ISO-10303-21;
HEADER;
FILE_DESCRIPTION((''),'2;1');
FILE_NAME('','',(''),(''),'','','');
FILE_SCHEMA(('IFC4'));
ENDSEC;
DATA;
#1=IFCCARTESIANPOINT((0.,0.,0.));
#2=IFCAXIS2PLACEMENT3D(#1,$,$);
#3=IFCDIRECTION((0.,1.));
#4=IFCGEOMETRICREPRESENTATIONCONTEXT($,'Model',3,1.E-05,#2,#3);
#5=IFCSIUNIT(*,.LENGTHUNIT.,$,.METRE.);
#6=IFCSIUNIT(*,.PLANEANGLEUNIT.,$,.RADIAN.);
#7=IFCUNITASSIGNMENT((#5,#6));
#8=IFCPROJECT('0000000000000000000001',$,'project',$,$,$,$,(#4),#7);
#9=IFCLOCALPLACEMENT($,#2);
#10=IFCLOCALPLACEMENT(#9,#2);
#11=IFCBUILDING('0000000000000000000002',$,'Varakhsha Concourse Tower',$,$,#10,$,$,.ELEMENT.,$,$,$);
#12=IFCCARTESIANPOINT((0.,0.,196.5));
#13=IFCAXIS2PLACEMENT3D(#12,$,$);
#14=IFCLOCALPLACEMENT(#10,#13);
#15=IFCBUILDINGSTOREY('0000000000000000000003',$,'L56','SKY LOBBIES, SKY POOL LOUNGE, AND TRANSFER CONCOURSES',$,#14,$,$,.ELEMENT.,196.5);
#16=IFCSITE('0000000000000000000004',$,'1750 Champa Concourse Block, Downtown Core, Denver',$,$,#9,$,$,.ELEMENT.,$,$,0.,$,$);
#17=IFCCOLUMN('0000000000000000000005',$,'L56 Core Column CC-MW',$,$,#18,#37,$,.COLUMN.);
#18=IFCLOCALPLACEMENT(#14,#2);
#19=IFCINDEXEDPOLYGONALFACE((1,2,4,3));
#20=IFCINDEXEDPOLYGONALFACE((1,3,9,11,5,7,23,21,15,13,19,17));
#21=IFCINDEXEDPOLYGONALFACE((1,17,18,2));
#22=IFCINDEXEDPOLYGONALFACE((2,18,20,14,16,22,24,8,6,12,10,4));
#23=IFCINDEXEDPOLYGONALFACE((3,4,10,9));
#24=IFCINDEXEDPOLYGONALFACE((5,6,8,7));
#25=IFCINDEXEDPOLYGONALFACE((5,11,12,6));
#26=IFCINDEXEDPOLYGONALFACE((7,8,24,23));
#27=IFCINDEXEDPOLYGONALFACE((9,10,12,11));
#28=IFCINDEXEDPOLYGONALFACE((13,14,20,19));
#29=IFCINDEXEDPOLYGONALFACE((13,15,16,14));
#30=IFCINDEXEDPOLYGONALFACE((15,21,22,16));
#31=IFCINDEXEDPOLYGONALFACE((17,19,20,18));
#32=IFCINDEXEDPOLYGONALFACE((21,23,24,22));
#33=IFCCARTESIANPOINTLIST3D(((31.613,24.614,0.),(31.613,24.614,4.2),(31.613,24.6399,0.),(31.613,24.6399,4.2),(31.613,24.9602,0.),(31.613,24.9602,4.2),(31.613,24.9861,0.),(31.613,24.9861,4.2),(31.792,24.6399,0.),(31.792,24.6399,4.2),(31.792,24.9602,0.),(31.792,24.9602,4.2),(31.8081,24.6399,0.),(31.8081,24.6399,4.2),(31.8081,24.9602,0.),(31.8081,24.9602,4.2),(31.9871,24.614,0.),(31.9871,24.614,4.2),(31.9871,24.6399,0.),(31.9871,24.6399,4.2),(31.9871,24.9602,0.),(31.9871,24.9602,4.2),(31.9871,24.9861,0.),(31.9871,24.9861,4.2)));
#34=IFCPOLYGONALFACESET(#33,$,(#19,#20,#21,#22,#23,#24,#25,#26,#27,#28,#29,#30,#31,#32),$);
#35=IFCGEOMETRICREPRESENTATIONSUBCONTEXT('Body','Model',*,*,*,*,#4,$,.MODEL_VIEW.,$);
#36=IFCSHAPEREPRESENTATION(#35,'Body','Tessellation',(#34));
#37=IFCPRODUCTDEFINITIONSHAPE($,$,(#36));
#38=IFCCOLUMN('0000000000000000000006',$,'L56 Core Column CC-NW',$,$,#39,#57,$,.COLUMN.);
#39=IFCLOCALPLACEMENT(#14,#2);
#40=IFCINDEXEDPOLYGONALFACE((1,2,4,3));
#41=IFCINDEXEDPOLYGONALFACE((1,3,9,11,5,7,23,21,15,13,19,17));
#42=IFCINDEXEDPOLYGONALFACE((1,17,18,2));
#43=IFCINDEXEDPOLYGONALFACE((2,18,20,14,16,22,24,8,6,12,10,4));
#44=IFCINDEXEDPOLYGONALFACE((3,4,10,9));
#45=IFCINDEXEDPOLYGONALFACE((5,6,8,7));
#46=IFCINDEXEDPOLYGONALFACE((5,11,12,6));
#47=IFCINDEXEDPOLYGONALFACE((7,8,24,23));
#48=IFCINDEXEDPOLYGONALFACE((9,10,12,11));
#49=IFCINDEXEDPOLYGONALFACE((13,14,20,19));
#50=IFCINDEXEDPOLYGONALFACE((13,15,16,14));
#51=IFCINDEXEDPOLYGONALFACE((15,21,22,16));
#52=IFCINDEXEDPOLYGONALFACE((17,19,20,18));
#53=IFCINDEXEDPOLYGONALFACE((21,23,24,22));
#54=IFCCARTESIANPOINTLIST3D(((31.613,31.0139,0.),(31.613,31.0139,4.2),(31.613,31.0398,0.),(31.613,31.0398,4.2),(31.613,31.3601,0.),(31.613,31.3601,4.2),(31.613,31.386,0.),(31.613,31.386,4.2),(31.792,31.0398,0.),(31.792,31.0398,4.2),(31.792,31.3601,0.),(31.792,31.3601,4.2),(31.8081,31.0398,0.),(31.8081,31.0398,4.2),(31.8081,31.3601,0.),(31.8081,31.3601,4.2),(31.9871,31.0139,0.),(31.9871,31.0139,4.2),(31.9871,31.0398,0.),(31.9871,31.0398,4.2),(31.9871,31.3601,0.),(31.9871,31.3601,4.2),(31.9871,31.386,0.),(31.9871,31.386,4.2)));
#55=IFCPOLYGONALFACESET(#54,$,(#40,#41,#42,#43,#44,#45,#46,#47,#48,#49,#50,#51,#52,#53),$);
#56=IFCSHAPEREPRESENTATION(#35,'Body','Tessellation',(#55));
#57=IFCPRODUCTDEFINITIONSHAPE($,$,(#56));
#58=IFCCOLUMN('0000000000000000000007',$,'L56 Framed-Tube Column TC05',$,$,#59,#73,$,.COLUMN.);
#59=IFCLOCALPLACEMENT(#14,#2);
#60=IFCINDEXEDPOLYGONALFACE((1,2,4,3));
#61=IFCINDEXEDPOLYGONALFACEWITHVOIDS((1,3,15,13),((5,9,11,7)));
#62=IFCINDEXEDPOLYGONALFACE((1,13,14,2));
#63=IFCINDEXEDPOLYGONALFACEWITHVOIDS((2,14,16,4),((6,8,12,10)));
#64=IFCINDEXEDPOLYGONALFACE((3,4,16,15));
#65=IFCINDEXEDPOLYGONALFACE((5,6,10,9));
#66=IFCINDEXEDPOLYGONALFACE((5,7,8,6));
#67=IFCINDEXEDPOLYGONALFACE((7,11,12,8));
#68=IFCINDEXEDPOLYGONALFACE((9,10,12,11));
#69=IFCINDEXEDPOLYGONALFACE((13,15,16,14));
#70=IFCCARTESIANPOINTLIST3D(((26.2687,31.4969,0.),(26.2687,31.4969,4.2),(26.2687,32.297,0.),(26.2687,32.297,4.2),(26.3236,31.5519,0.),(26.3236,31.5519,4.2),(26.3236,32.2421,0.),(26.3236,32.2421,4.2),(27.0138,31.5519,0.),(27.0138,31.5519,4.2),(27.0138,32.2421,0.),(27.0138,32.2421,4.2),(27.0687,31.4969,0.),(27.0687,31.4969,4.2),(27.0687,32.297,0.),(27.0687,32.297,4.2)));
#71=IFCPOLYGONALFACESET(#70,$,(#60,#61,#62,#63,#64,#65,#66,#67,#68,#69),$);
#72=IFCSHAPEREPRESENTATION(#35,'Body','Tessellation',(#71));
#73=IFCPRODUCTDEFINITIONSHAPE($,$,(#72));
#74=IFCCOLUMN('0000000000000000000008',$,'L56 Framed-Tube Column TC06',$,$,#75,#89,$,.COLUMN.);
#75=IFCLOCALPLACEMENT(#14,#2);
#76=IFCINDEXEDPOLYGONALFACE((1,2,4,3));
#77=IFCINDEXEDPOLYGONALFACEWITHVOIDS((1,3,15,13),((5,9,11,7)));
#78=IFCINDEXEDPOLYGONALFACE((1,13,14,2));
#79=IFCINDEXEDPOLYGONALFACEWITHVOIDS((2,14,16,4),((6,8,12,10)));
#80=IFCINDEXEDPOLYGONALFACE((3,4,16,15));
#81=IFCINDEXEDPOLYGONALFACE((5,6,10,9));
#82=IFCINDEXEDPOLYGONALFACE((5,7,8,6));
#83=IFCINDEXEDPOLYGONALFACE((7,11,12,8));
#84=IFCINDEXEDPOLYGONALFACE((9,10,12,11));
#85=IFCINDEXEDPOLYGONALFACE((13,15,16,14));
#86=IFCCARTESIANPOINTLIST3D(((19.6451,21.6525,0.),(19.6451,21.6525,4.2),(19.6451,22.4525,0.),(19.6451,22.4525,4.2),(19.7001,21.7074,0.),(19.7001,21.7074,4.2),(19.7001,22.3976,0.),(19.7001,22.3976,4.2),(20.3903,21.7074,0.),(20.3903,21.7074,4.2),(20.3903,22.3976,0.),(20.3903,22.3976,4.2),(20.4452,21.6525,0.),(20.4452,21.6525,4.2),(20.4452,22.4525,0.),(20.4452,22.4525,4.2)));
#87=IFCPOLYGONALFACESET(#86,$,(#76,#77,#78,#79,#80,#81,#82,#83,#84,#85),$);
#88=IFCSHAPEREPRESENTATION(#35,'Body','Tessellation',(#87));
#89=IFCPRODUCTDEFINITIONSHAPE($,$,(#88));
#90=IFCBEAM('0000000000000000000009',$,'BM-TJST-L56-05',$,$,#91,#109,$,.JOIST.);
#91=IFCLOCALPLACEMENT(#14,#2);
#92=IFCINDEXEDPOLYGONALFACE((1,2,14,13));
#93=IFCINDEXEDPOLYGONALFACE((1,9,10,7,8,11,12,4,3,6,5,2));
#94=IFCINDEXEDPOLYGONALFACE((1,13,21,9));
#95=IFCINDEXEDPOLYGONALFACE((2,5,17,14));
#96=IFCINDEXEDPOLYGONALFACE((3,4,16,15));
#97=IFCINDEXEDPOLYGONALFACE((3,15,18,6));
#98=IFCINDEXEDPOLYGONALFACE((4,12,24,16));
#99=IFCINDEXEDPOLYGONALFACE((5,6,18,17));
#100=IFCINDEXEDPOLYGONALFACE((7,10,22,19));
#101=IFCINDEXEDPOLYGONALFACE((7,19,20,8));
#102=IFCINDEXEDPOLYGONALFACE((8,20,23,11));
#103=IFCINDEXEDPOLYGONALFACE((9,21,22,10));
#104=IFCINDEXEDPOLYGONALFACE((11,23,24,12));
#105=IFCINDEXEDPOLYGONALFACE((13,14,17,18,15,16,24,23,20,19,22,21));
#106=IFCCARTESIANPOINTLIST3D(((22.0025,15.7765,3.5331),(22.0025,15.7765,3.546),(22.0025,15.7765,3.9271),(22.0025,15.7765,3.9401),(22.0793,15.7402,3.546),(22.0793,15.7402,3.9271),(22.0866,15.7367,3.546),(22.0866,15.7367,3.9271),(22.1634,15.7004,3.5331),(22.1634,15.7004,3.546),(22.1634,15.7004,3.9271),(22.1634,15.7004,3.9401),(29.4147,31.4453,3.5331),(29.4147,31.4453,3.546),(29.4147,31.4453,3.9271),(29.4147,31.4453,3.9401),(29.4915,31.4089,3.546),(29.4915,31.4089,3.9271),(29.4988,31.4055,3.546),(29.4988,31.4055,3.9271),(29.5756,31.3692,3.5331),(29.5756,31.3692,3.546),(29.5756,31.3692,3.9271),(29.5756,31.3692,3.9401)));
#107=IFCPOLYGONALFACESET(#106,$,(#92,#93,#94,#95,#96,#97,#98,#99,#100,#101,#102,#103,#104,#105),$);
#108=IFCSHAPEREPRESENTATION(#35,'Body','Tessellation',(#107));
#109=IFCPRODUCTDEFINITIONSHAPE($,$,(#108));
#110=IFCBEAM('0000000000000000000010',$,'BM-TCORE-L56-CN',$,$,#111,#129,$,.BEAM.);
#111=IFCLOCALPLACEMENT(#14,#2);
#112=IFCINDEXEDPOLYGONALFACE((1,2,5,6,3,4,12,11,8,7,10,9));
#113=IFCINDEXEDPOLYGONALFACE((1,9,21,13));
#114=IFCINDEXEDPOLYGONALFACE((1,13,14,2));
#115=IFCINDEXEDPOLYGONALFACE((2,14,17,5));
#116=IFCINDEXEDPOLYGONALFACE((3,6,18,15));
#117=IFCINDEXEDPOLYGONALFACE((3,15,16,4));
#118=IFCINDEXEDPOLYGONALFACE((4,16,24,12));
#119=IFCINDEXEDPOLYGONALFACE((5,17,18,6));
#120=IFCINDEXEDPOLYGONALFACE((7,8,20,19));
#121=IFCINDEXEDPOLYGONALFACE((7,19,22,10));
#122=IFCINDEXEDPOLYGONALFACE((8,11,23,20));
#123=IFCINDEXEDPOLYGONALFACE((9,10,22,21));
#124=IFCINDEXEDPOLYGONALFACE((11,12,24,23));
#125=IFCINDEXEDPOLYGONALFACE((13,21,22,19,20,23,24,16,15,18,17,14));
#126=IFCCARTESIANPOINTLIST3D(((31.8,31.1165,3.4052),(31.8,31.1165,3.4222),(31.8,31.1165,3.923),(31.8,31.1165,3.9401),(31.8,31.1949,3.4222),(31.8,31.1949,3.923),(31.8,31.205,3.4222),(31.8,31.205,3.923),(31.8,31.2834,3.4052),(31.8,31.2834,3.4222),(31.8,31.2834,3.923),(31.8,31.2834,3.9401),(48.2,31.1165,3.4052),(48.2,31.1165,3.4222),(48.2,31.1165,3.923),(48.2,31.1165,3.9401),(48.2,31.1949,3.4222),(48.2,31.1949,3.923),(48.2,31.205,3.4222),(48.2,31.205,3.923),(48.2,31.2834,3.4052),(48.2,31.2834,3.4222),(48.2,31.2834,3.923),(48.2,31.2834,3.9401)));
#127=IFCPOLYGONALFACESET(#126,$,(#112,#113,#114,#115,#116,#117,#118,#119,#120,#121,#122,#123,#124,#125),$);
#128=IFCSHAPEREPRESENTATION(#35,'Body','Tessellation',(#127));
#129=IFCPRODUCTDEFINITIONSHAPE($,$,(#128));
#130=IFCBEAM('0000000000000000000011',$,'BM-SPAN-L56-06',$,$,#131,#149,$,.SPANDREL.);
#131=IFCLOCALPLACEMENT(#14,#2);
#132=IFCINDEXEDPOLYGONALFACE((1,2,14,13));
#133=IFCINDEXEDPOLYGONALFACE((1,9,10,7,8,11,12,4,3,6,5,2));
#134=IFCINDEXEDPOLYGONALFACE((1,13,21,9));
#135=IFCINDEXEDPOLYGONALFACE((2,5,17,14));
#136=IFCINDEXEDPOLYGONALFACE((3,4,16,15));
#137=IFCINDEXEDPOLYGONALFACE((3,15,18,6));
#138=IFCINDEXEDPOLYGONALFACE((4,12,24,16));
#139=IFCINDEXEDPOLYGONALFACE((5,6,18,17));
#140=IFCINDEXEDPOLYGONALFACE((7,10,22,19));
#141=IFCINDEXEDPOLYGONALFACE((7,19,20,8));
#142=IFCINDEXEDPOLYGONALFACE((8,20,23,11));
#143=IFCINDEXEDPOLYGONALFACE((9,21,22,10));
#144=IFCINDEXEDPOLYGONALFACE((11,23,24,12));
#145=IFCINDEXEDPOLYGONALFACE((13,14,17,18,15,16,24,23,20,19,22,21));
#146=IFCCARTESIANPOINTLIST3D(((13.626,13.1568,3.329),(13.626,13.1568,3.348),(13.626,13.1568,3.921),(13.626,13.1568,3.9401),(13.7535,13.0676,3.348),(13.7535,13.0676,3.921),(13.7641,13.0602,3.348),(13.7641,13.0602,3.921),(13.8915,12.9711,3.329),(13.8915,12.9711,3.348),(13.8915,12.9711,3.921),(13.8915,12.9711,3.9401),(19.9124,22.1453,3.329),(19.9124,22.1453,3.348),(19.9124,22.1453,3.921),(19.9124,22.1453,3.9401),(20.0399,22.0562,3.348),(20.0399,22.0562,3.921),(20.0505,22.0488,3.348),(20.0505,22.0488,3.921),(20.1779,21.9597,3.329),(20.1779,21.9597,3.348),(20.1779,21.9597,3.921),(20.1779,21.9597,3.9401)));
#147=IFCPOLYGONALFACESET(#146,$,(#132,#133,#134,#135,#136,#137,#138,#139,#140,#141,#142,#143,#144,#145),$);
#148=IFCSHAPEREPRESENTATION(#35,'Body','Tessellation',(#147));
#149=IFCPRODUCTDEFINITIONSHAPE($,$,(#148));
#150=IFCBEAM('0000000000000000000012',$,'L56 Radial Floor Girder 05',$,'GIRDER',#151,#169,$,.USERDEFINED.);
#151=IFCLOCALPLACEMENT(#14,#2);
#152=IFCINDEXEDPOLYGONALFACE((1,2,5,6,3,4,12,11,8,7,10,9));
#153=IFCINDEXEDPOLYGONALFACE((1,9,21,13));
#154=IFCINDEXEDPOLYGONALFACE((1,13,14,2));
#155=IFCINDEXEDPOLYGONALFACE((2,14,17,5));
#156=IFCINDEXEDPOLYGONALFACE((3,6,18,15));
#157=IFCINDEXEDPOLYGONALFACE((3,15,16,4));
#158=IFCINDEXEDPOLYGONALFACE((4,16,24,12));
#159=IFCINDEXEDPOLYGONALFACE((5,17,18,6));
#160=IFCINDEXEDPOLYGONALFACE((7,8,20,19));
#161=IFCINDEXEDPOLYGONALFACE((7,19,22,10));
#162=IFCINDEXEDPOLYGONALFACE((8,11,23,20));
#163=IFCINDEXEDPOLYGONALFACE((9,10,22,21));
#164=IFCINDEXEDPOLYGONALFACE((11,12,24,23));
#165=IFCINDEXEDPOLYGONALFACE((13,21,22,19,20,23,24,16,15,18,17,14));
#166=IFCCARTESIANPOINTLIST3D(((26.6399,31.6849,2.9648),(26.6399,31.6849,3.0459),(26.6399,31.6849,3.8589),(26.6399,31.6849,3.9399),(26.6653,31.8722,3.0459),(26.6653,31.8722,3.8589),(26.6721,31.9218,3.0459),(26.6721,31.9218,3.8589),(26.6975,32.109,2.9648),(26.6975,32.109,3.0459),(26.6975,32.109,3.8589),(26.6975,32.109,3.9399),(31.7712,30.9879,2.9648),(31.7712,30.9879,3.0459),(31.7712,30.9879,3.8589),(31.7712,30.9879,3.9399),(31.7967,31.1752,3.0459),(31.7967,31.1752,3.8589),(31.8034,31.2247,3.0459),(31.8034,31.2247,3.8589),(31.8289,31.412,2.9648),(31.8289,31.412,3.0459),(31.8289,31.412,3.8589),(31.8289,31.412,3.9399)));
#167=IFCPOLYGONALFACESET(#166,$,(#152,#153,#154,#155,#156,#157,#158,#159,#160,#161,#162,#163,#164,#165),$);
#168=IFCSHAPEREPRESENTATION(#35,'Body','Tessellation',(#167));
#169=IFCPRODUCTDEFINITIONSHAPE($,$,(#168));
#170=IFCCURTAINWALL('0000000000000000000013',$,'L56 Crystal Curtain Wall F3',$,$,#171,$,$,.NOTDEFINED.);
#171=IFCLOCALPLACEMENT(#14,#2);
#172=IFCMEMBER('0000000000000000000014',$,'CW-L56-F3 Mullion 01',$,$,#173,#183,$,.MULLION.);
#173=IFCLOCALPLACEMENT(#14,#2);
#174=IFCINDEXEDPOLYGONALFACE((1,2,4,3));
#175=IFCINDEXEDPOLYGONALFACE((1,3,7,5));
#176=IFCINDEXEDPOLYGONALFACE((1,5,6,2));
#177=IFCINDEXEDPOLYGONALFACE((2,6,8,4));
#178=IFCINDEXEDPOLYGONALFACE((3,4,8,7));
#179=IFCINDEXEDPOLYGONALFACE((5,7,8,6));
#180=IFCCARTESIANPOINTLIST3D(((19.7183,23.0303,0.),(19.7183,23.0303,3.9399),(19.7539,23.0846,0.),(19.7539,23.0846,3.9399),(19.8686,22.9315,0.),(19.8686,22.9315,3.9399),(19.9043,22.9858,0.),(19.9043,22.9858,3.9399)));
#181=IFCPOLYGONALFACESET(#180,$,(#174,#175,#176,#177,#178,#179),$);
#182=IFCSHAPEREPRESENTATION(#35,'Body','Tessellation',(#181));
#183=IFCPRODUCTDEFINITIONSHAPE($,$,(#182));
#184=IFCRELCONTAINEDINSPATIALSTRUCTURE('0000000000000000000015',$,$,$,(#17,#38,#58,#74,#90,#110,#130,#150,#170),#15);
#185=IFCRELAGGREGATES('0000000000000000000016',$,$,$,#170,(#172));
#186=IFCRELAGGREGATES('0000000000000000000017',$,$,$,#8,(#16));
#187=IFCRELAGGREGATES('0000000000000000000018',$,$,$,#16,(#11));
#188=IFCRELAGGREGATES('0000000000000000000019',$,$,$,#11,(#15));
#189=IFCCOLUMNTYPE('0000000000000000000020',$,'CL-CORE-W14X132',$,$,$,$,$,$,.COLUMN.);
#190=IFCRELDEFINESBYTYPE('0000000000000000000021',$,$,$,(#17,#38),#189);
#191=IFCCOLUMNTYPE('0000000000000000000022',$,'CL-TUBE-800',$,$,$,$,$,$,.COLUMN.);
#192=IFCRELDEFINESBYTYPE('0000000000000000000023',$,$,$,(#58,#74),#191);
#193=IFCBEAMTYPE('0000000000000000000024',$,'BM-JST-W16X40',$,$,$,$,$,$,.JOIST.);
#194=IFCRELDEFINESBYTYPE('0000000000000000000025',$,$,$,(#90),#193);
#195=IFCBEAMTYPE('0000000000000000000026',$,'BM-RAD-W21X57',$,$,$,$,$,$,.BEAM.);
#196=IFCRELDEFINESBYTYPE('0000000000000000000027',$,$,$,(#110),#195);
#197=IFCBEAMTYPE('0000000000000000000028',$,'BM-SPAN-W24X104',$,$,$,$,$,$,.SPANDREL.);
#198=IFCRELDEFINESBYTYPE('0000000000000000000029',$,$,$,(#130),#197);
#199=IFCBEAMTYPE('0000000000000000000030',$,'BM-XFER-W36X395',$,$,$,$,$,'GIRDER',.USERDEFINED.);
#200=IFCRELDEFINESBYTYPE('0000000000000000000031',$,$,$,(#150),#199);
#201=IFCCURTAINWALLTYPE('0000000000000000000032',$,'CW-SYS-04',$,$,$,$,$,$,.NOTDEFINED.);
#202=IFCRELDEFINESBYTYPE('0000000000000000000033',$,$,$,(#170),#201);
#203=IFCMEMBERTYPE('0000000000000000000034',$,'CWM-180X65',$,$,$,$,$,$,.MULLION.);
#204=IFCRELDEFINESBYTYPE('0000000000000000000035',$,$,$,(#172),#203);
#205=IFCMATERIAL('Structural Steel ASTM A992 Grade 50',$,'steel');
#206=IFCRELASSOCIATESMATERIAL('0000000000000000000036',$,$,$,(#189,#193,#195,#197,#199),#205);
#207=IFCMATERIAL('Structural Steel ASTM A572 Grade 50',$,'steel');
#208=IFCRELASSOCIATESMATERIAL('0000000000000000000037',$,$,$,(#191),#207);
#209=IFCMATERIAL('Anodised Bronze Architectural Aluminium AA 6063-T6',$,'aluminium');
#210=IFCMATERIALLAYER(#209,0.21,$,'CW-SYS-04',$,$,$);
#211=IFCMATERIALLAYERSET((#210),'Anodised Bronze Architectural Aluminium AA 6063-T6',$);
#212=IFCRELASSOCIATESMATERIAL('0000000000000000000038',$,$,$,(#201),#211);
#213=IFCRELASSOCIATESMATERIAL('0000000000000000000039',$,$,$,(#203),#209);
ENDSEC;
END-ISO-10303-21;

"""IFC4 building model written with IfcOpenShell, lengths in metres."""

from ifc_helpers import new_model, si_unit, direction, frame, origin, origin_2d, place, context, subcontext, project, spatial, rectangle, hollow_rectangle, i_section, extrude, source, transform, mapped, material, layer, layer_set, material_profile, profile_set, type_object, type_shapes, element, aggregate, save


model = new_model("IFC4")

# Units and contexts
model_context = context("Model", 3, precision=1e-05, world=origin(), true_north=direction((0.0, 1.0)))
body_context = subcontext(model_context, "Body", "Model", "MODEL_VIEW")
ifc_project = project(units=[si_unit("LENGTHUNIT", "METRE"), si_unit("PLANEANGLEUNIT", "RADIAN")], contexts=[model_context])

# Site, building, storey
site_placement = place(None, origin())
site = spatial("IfcSite", under=ifc_project, at=site_placement, Name="1750 Champa Concourse Block, Downtown Core, Denver", CompositionType="ELEMENT", RefElevation=0.0)
building_placement = place(site_placement, origin())
building = spatial("IfcBuilding", under=site, at=building_placement, Name="Varakhsha Concourse Tower", CompositionType="ELEMENT")
storey_placement = place(building_placement, frame((0.0, 0.0, 196.5)))
storey = spatial("IfcBuildingStorey", under=building, at=storey_placement, Name="L56", Description="SKY LOBBIES, SKY POOL LOUNGE, AND TRANSFER CONCOURSES", CompositionType="ELEMENT", Elevation=196.5)

# Columns
ifc_material_1 = material(Name="Structural Steel ASTM A992 Grade 50", Category="steel")
ifc_material_profile_1 = material_profile(ifc_material_1, i_section(OverallWidth=0.374, OverallDepth=0.3721, WebThickness=0.0161, FlangeThickness=0.0259, at=origin_2d()), Name="W14X132")
ifc_profile_set_1 = profile_set([ifc_material_profile_1], Name="Structural Steel ASTM A992 Grade 50")
column_type_1 = type_object("IfcColumnType", Name="CL-CORE-W14X132", PredefinedType="COLUMN", material=ifc_profile_set_1)
for number, where, z_axis, x_axis, name in (
    (1, (31.8, 24.8, 0.0), (0.0, 0.0, 1.0), (1.0, 0.0, 0.0), "L56 Core Column CC-MW"),
    (2, (31.8, 31.2, 0.0), (0.0, 0.0, 1.0), (1.0, 0.0, 0.0), "L56 Core Column CC-NW"),
):
    element("IfcColumn", number, at=place(storey_placement, frame(where, z_axis=z_axis, x_axis=x_axis)), inside=storey, type_object=column_type_1, Name=name, PredefinedType="COLUMN", context=body_context, shape_type="SweptSolid", body=[
        extrude(i_section(OverallWidth=0.374, OverallDepth=0.3721, WebThickness=0.0161, FlangeThickness=0.0259, at=origin_2d()), origin(), (0.0, 0.0, 1.0), 4.2),
    ])
ifc_material_2 = material(Name="Structural Steel ASTM A572 Grade 50", Category="steel")
ifc_material_profile_2 = material_profile(ifc_material_2, hollow_rectangle(XDim=0.8, YDim=0.8, WallThickness=0.0549, at=origin_2d()), Name="BOX 800x800x55")
ifc_profile_set_2 = profile_set([ifc_material_profile_2], Name="Structural Steel ASTM A572 Grade 50")
column_type_2 = type_object("IfcColumnType", Name="CL-TUBE-800", PredefinedType="COLUMN", material=ifc_profile_set_2)
for number, where, z_axis, x_axis, name in (
    (3, (26.6687, 31.897, 0.0), (0.0, 0.0, 1.0), (1.0, 0.0, 0.0), "L56 Framed-Tube Column TC05"),
    (4, (20.0452, 22.0525, 0.0), (0.0, 0.0, 1.0), (1.0, 0.0, 0.0), "L56 Framed-Tube Column TC06"),
):
    element("IfcColumn", number, at=place(storey_placement, frame(where, z_axis=z_axis, x_axis=x_axis)), inside=storey, type_object=column_type_2, Name=name, PredefinedType="COLUMN", context=body_context, shape_type="SweptSolid", body=[
        extrude(hollow_rectangle(XDim=0.8, YDim=0.8, WallThickness=0.0549, at=origin_2d()), origin(), (0.0, 0.0, 1.0), 4.2),
    ])

# Beams
ifc_material_profile_3 = material_profile(ifc_material_1, i_section(OverallWidth=0.178, OverallDepth=0.407, WebThickness=0.0081, FlangeThickness=0.0129, at=origin_2d()), Name="W16X40")
ifc_profile_set_3 = profile_set([ifc_material_profile_3], Name="Structural Steel ASTM A992 Grade 50")
beam_type_1 = type_object("IfcBeamType", Name="BM-JST-W16X40", PredefinedType="JOIST", material=ifc_profile_set_3)
beam_1_placement = place(storey_placement, frame((29.4951, 31.4072, 3.7366), z_axis=(-0.427619, -0.903959, 0.0), x_axis=(0.903959, -0.427619, 0.0)))
element("IfcBeam", 5, at=beam_1_placement, inside=storey, type_object=beam_type_1, Name="BM-TJST-L56-05", PredefinedType="JOIST", context=body_context, shape_type="SweptSolid", body=[
    extrude(i_section(OverallWidth=0.178, OverallDepth=0.407, WebThickness=0.0081, FlangeThickness=0.0129, at=origin_2d()), origin(), (0.0, 0.0, 1.0), 17.3335),
])
ifc_material_profile_4 = material_profile(ifc_material_1, i_section(OverallWidth=0.167, OverallDepth=0.5349, WebThickness=0.01, FlangeThickness=0.0171, at=origin_2d()), Name="W21X57")
ifc_profile_set_4 = profile_set([ifc_material_profile_4], Name="Structural Steel ASTM A992 Grade 50")
beam_type_2 = type_object("IfcBeamType", Name="BM-RAD-W21X57", PredefinedType="BEAM", material=ifc_profile_set_4)
beam_2_placement = place(storey_placement, frame((31.8, 31.2, 3.6726), z_axis=(1.0, 0.0, 0.0), x_axis=(0.0, 1.0, 0.0)))
element("IfcBeam", 6, at=beam_2_placement, inside=storey, type_object=beam_type_2, Name="BM-TCORE-L56-CN", PredefinedType="BEAM", context=body_context, shape_type="SweptSolid", body=[
    extrude(i_section(OverallWidth=0.167, OverallDepth=0.5349, WebThickness=0.01, FlangeThickness=0.0171, at=origin_2d()), origin(), (0.0, 0.0, 1.0), 16.3999),
])
ifc_material_profile_5 = material_profile(ifc_material_1, i_section(OverallWidth=0.324, OverallDepth=0.6111, WebThickness=0.0129, FlangeThickness=0.019, at=origin_2d()), Name="W24X104")
ifc_profile_set_5 = profile_set([ifc_material_profile_5], Name="Structural Steel ASTM A992 Grade 50")
beam_type_3 = type_object("IfcBeamType", Name="BM-SPAN-W24X104", PredefinedType="SPANDREL", material=ifc_profile_set_5)
beam_3_placement = place(storey_placement, frame((20.0452, 22.0525, 3.6345), z_axis=(-0.57312, -0.819471, 0.0), x_axis=(0.819471, -0.57312, 0.0)))
element("IfcBeam", 7, at=beam_3_placement, inside=storey, type_object=beam_type_3, Name="BM-SPAN-L56-06", PredefinedType="SPANDREL", context=body_context, shape_type="SweptSolid", body=[
    extrude(i_section(OverallWidth=0.324, OverallDepth=0.6111, WebThickness=0.0129, FlangeThickness=0.019, at=origin_2d()), origin(), (0.0, 0.0, 1.0), 10.9688),
])
ifc_material_profile_6 = material_profile(ifc_material_1, i_section(OverallWidth=0.428, OverallDepth=0.9751, WebThickness=0.05, FlangeThickness=0.0811, at=origin_2d()), Name="W36X395")
ifc_profile_set_6 = profile_set([ifc_material_profile_6], Name="Structural Steel ASTM A992 Grade 50")
beam_type_4 = type_object("IfcBeamType", Name="BM-XFER-W36X395", ElementType="GIRDER", PredefinedType="USERDEFINED", material=ifc_profile_set_6)
beam_4_placement = place(storey_placement, frame((31.8, 31.2, 3.4524), z_axis=(-0.9909, 0.1346, 0.0), x_axis=(-0.1346, -0.9909, 0.0)))
element("IfcBeam", 8, at=beam_4_placement, inside=storey, type_object=beam_type_4, Name="L56 Radial Floor Girder 05", ObjectType="GIRDER", PredefinedType="USERDEFINED", context=body_context, shape_type="SweptSolid", body=[
    extrude(i_section(OverallWidth=0.428, OverallDepth=0.9751, WebThickness=0.05, FlangeThickness=0.0811, at=origin_2d()), origin(), (0.0, 0.0, 1.0), 5.1785),
])

# Curtain wall, member
ifc_material_3 = material(Name="Anodised Bronze Architectural Aluminium AA 6063-T6", Category="aluminium")
ifc_layer_1 = layer(ifc_material_3, 0.21, Name="CW-SYS-04")
ifc_layer_set_1 = layer_set([ifc_layer_1], Name="Anodised Bronze Architectural Aluminium AA 6063-T6")
curtain_wall_type = type_object("IfcCurtainWallType", Name="CW-SYS-04", PredefinedType="NOTDEFINED", material=ifc_layer_set_1)
curtain_wall_placement = place(storey_placement, origin())
curtain_wall = element("IfcCurtainWall", 9, at=curtain_wall_placement, inside=storey, type_object=curtain_wall_type, Name="L56 Crystal Curtain Wall F3", PredefinedType="NOTDEFINED")
ifc_material_profile_7 = material_profile(ifc_material_3, rectangle(XDim=0.0649, YDim=0.1799, at=origin_2d()), Name="CWM-180X65")
ifc_profile_set_7 = profile_set([ifc_material_profile_7], Name="Anodised Bronze Architectural Aluminium AA 6063-T6")
member_type_1 = type_object("IfcMemberType", Name="CWM-180X65", PredefinedType="MULLION", material=ifc_profile_set_7)
shared_shape_1 = source(origin(), body_context, "Body", "SweptSolid", [
    extrude(rectangle(XDim=0.0649, YDim=0.1799, at=origin_2d()), origin(), (0.0, 0.0, 1.0), 3.9399),
])
type_shapes(member_type_1, [shared_shape_1])
member_1_placement = place(storey_placement, frame((19.8113, 23.0081, 0.0), z_axis=(0.0, 0.0, 1.0), x_axis=(0.54908, 0.83577, 0.0)))
member_1 = element("IfcMember", 10, at=member_1_placement, type_object=member_type_1, Name="CW-L56-F3 Mullion 01", PredefinedType="MULLION", context=body_context, shape_type="MappedRepresentation", body=[
    mapped(shared_shape_1, transform((0.0, 0.0, 0.0), scale=1.0)),
])
aggregate(curtain_wall, [member_1])

save(model, "model.ifc")
